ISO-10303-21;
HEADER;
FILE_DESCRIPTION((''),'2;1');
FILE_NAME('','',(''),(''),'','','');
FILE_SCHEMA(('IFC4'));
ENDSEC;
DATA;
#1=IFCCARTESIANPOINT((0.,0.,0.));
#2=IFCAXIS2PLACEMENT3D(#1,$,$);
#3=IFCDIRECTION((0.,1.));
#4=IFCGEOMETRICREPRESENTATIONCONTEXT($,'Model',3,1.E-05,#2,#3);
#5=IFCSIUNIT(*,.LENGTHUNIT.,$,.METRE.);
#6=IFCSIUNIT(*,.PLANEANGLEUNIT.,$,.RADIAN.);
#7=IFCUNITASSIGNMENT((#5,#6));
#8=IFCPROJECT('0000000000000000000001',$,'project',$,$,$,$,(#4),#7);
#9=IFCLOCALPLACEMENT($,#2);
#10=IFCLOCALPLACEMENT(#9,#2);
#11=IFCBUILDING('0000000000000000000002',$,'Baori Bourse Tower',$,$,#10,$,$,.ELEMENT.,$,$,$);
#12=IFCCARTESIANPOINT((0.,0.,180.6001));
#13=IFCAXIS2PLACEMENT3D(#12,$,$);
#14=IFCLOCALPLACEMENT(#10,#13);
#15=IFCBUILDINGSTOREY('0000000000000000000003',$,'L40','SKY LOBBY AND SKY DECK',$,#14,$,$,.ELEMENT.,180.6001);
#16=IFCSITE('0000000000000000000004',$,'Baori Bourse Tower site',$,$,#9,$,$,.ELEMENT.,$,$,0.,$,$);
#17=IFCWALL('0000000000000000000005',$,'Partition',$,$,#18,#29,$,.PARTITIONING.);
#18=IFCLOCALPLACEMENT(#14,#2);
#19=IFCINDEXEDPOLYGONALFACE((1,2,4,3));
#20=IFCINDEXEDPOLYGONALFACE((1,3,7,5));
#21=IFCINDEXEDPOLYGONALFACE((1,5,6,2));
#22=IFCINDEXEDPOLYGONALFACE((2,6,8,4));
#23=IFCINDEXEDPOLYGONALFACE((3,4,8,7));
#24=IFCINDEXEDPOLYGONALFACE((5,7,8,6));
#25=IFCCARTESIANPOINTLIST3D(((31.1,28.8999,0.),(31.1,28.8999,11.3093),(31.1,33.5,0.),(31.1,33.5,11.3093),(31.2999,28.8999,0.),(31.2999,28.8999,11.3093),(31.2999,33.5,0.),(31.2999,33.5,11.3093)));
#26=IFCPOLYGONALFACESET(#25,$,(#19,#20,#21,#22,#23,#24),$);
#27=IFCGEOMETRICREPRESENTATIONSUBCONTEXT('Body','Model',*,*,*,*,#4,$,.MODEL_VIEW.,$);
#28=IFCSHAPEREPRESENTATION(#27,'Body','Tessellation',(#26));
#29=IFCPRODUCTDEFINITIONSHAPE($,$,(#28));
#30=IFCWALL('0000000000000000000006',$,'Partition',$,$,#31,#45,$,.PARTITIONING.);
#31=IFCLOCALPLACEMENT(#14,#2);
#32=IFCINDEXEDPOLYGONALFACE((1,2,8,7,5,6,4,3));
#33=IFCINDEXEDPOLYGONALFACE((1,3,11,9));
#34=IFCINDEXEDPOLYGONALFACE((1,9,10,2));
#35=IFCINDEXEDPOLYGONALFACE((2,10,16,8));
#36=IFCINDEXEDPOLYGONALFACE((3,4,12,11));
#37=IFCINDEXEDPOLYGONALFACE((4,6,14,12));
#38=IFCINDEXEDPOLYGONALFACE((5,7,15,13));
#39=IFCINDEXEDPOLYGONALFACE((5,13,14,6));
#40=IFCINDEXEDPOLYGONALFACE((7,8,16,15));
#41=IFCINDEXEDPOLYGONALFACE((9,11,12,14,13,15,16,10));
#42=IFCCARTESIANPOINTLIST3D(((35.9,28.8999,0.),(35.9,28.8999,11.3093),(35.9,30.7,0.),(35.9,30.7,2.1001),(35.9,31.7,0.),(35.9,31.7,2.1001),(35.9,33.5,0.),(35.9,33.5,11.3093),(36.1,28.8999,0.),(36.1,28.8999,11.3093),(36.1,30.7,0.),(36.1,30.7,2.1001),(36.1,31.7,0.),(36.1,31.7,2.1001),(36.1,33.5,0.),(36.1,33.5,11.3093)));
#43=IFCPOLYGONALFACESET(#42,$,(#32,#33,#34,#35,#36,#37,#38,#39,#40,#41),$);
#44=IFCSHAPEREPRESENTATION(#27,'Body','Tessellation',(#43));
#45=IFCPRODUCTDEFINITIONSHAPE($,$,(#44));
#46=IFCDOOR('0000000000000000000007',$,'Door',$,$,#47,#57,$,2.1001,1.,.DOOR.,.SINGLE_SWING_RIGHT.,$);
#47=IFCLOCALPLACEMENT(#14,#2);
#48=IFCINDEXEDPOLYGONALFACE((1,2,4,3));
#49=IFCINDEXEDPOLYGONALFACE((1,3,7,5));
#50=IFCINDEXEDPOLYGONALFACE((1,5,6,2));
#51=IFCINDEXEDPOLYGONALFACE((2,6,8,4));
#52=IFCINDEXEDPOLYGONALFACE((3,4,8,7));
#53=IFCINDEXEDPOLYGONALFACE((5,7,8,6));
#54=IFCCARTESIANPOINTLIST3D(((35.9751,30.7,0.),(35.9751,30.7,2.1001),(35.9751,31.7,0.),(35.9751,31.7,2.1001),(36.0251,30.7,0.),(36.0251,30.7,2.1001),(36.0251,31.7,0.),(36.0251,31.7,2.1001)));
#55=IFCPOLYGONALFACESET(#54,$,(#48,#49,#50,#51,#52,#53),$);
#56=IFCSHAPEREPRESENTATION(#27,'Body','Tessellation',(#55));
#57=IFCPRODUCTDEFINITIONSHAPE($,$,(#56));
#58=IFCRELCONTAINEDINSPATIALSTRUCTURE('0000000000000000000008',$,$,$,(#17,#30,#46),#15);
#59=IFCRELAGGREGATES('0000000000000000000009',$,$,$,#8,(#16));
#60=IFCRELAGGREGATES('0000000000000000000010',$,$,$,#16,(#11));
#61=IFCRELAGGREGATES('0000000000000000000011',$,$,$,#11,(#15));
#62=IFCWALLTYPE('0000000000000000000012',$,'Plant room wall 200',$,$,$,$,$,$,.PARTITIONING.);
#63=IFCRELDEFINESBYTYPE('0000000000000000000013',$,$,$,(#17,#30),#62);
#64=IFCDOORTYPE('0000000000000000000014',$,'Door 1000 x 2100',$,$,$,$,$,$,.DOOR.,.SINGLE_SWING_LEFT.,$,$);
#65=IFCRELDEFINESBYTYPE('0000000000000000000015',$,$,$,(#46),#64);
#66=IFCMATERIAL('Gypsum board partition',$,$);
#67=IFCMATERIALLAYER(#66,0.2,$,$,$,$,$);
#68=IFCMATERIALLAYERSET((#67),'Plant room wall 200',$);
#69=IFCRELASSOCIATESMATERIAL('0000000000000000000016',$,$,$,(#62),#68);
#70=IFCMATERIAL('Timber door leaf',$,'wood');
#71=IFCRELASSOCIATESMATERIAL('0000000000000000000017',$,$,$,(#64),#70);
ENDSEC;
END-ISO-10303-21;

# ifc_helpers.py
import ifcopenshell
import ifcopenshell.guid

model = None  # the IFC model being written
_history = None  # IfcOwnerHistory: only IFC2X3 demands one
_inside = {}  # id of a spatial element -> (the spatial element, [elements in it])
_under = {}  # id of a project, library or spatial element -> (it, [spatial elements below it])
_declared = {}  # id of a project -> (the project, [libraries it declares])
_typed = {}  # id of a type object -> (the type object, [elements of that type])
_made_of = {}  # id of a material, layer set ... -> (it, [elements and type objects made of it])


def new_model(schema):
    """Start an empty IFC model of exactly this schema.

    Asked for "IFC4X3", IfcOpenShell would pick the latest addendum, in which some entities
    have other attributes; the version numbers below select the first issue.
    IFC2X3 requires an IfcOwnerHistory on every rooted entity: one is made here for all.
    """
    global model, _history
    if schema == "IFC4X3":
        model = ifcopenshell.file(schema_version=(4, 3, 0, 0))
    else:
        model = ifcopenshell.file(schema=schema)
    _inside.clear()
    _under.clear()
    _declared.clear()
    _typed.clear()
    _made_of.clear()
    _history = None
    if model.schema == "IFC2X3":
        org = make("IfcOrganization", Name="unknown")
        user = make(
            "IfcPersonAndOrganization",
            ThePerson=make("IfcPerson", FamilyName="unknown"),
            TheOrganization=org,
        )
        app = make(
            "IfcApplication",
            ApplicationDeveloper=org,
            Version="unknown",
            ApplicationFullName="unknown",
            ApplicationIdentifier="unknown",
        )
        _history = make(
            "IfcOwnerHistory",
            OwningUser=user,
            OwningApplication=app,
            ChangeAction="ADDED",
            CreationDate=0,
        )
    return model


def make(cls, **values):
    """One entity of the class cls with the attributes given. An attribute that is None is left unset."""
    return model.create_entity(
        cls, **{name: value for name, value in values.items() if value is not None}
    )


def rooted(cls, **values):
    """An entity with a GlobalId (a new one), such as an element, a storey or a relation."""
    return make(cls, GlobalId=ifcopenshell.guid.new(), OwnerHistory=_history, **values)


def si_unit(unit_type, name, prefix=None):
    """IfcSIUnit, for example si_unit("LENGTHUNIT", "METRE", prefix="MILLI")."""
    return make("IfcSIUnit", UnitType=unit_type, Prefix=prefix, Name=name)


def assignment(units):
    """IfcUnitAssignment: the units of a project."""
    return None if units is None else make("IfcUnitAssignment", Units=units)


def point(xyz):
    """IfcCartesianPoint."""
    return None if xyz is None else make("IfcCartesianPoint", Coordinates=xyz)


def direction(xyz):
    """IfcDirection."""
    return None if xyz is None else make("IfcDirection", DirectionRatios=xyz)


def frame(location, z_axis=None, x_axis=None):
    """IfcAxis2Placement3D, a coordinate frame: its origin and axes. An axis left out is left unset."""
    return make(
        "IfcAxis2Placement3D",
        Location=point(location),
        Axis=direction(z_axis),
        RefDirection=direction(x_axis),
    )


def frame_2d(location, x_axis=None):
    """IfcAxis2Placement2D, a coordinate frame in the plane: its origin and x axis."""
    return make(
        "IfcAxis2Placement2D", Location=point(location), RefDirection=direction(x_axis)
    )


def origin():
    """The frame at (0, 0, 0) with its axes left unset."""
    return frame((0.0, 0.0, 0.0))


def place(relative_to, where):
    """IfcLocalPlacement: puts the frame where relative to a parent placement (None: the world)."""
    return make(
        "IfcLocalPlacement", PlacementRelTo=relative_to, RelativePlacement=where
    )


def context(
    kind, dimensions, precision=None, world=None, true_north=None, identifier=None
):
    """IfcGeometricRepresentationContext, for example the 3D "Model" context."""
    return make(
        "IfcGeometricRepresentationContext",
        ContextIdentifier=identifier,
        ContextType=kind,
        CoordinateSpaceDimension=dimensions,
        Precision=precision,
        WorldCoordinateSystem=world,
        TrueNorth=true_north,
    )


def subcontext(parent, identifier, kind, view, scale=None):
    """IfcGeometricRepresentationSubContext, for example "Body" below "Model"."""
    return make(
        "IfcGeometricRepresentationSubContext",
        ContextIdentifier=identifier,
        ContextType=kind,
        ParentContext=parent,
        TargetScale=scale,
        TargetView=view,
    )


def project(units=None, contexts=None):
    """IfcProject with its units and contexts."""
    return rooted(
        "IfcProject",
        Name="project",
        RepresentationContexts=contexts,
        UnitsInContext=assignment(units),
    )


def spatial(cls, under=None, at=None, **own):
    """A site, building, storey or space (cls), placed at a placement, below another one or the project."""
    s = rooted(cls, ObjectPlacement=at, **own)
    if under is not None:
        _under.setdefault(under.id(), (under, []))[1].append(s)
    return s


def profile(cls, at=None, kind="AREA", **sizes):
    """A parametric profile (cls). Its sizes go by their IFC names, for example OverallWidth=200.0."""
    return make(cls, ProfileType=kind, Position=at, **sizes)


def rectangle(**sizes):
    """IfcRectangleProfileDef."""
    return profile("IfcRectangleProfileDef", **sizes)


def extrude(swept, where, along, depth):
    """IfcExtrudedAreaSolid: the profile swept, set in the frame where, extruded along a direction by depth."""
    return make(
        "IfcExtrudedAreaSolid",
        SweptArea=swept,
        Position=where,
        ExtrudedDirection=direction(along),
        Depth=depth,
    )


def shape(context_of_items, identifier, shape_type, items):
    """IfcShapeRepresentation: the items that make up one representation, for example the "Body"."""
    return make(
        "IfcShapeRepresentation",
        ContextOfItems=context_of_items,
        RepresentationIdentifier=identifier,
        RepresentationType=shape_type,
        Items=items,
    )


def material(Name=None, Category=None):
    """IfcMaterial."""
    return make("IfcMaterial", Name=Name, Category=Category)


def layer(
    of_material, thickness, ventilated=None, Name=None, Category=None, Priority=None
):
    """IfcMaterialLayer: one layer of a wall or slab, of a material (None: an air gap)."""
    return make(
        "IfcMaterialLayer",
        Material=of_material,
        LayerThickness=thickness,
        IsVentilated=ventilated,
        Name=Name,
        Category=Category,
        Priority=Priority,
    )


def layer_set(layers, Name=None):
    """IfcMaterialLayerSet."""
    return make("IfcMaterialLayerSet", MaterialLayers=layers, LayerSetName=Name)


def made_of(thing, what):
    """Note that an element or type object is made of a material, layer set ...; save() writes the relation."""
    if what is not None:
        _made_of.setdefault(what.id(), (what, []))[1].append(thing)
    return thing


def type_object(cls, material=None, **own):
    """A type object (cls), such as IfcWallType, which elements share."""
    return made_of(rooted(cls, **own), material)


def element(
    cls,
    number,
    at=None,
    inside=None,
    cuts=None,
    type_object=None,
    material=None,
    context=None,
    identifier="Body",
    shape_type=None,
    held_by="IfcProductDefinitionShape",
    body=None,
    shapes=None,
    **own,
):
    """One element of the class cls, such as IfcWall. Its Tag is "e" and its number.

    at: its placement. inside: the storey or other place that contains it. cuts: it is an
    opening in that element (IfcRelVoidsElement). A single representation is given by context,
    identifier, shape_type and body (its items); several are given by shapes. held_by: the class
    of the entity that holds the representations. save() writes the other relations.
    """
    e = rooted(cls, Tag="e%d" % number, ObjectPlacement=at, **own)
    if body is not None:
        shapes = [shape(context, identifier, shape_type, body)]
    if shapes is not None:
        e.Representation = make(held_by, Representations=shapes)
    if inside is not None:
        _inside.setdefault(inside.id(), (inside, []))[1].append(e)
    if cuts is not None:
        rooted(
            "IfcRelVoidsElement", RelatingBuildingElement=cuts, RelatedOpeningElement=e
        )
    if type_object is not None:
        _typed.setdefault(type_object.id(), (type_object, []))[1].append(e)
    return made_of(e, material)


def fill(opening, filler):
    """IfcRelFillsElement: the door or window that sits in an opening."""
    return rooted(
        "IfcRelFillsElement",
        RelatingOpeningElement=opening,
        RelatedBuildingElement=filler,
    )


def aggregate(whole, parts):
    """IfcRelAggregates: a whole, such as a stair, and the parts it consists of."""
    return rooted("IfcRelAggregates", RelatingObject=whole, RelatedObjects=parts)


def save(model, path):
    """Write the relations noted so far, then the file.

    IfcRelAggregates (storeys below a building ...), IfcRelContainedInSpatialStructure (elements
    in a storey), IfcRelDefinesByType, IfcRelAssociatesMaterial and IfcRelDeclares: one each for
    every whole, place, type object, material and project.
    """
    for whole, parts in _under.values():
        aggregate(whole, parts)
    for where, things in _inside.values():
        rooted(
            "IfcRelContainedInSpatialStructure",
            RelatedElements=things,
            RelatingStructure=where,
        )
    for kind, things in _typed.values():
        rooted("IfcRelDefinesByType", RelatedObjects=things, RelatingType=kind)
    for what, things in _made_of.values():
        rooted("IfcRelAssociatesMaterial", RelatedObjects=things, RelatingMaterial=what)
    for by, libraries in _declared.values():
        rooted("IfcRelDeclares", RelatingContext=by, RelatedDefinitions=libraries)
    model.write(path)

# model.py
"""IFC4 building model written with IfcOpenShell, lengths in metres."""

from ifc_helpers import new_model, si_unit, direction, frame, frame_2d, origin, place, context, subcontext, project, spatial, rectangle, extrude, material, layer, layer_set, type_object, element, fill, save


model = new_model("IFC4")

# Units and contexts
model_context = context("Model", 3, precision=1e-05, world=origin(), true_north=direction((0.0, 1.0)))
body_context = subcontext(model_context, "Body", "Model", "MODEL_VIEW")
ifc_project = project(units=[si_unit("LENGTHUNIT", "METRE"), si_unit("PLANEANGLEUNIT", "RADIAN")], contexts=[model_context])

# Site, building, storey
site_placement = place(None, origin())
site = spatial("IfcSite", under=ifc_project, at=site_placement, Name="Baori Bourse Tower site", CompositionType="ELEMENT", RefElevation=0.0)
building_placement = place(site_placement, origin())
building = spatial("IfcBuilding", under=site, at=building_placement, Name="Baori Bourse Tower", CompositionType="ELEMENT")
storey_placement = place(building_placement, frame((0.0, 0.0, 180.6001)))
storey = spatial("IfcBuildingStorey", under=building, at=storey_placement, Name="L40", Description="SKY LOBBY AND SKY DECK", CompositionType="ELEMENT", Elevation=180.6001)

# Wall
ifc_material_1 = material(Name="Gypsum board partition")
ifc_layer_1 = layer(ifc_material_1, 0.2)
ifc_layer_set_1 = layer_set([ifc_layer_1], Name="Plant room wall 200")
wall_type_1 = type_object("IfcWallType", Name="Plant room wall 200", PredefinedType="PARTITIONING", material=ifc_layer_set_1)
wall_1_placement = place(storey_placement, frame((31.2, 28.8999, 0.0), z_axis=(0.0, 0.0, 1.0), x_axis=(0.0, 1.0, 0.0)))
element("IfcWall", 1, at=wall_1_placement, inside=storey, type_object=wall_type_1, Name="Partition", PredefinedType="PARTITIONING", context=body_context, shape_type="SweptSolid", body=[
    extrude(rectangle(XDim=4.6001, YDim=0.2, at=frame_2d((2.3, 0.0))), origin(), (0.0, 0.0, 1.0), 11.3093),
])

# Wall, opening, door
wall_2_placement = place(storey_placement, frame((36.0, 28.8999, 0.0), z_axis=(0.0, 0.0, 1.0), x_axis=(0.0, 1.0, 0.0)))
wall_2 = element("IfcWall", 2, at=wall_2_placement, inside=storey, type_object=wall_type_1, Name="Partition", PredefinedType="PARTITIONING", context=body_context, shape_type="SweptSolid", body=[
    extrude(rectangle(XDim=4.6001, YDim=0.2, at=frame_2d((2.3, 0.0))), origin(), (0.0, 0.0, 1.0), 11.3093),
])
opening_1_placement = place(wall_2_placement, frame((1.8, 0.0, 0.0)))
opening_1 = element("IfcOpeningElement", 3, at=opening_1_placement, cuts=wall_2, PredefinedType="OPENING", context=body_context, shape_type="SweptSolid", body=[
    extrude(rectangle(XDim=1.0, YDim=2.1001, at=frame_2d((0.5, 1.05))), frame((0.0, 0.1099, 0.0), z_axis=(0.0, -1.0, 0.0), x_axis=(1.0, 0.0, 0.0)), (0.0, 0.0, 1.0), 0.22),
])
ifc_material_2 = material(Name="Timber door leaf", Category="wood")
door_type_1 = type_object("IfcDoorType", Name="Door 1000 x 2100", OperationType="SINGLE_SWING_LEFT", PredefinedType="DOOR", material=ifc_material_2)
door_1_placement = place(opening_1_placement, origin())
door_1 = element("IfcDoor", 4, at=door_1_placement, inside=storey, type_object=door_type_1, Name="Door", OperationType="SINGLE_SWING_RIGHT", OverallHeight=2.1001, OverallWidth=1.0, PredefinedType="DOOR", context=body_context, shape_type="SweptSolid", body=[
    extrude(rectangle(XDim=1.0, YDim=2.1001, at=frame_2d((0.5, 1.05))), frame((0.0, 0.0249, 0.0), z_axis=(0.0, -1.0, 0.0), x_axis=(1.0, 0.0, 0.0)), (0.0, 0.0, 1.0), 0.05),
])
fill(opening_1, door_1)

save(model, "model.ifc")
